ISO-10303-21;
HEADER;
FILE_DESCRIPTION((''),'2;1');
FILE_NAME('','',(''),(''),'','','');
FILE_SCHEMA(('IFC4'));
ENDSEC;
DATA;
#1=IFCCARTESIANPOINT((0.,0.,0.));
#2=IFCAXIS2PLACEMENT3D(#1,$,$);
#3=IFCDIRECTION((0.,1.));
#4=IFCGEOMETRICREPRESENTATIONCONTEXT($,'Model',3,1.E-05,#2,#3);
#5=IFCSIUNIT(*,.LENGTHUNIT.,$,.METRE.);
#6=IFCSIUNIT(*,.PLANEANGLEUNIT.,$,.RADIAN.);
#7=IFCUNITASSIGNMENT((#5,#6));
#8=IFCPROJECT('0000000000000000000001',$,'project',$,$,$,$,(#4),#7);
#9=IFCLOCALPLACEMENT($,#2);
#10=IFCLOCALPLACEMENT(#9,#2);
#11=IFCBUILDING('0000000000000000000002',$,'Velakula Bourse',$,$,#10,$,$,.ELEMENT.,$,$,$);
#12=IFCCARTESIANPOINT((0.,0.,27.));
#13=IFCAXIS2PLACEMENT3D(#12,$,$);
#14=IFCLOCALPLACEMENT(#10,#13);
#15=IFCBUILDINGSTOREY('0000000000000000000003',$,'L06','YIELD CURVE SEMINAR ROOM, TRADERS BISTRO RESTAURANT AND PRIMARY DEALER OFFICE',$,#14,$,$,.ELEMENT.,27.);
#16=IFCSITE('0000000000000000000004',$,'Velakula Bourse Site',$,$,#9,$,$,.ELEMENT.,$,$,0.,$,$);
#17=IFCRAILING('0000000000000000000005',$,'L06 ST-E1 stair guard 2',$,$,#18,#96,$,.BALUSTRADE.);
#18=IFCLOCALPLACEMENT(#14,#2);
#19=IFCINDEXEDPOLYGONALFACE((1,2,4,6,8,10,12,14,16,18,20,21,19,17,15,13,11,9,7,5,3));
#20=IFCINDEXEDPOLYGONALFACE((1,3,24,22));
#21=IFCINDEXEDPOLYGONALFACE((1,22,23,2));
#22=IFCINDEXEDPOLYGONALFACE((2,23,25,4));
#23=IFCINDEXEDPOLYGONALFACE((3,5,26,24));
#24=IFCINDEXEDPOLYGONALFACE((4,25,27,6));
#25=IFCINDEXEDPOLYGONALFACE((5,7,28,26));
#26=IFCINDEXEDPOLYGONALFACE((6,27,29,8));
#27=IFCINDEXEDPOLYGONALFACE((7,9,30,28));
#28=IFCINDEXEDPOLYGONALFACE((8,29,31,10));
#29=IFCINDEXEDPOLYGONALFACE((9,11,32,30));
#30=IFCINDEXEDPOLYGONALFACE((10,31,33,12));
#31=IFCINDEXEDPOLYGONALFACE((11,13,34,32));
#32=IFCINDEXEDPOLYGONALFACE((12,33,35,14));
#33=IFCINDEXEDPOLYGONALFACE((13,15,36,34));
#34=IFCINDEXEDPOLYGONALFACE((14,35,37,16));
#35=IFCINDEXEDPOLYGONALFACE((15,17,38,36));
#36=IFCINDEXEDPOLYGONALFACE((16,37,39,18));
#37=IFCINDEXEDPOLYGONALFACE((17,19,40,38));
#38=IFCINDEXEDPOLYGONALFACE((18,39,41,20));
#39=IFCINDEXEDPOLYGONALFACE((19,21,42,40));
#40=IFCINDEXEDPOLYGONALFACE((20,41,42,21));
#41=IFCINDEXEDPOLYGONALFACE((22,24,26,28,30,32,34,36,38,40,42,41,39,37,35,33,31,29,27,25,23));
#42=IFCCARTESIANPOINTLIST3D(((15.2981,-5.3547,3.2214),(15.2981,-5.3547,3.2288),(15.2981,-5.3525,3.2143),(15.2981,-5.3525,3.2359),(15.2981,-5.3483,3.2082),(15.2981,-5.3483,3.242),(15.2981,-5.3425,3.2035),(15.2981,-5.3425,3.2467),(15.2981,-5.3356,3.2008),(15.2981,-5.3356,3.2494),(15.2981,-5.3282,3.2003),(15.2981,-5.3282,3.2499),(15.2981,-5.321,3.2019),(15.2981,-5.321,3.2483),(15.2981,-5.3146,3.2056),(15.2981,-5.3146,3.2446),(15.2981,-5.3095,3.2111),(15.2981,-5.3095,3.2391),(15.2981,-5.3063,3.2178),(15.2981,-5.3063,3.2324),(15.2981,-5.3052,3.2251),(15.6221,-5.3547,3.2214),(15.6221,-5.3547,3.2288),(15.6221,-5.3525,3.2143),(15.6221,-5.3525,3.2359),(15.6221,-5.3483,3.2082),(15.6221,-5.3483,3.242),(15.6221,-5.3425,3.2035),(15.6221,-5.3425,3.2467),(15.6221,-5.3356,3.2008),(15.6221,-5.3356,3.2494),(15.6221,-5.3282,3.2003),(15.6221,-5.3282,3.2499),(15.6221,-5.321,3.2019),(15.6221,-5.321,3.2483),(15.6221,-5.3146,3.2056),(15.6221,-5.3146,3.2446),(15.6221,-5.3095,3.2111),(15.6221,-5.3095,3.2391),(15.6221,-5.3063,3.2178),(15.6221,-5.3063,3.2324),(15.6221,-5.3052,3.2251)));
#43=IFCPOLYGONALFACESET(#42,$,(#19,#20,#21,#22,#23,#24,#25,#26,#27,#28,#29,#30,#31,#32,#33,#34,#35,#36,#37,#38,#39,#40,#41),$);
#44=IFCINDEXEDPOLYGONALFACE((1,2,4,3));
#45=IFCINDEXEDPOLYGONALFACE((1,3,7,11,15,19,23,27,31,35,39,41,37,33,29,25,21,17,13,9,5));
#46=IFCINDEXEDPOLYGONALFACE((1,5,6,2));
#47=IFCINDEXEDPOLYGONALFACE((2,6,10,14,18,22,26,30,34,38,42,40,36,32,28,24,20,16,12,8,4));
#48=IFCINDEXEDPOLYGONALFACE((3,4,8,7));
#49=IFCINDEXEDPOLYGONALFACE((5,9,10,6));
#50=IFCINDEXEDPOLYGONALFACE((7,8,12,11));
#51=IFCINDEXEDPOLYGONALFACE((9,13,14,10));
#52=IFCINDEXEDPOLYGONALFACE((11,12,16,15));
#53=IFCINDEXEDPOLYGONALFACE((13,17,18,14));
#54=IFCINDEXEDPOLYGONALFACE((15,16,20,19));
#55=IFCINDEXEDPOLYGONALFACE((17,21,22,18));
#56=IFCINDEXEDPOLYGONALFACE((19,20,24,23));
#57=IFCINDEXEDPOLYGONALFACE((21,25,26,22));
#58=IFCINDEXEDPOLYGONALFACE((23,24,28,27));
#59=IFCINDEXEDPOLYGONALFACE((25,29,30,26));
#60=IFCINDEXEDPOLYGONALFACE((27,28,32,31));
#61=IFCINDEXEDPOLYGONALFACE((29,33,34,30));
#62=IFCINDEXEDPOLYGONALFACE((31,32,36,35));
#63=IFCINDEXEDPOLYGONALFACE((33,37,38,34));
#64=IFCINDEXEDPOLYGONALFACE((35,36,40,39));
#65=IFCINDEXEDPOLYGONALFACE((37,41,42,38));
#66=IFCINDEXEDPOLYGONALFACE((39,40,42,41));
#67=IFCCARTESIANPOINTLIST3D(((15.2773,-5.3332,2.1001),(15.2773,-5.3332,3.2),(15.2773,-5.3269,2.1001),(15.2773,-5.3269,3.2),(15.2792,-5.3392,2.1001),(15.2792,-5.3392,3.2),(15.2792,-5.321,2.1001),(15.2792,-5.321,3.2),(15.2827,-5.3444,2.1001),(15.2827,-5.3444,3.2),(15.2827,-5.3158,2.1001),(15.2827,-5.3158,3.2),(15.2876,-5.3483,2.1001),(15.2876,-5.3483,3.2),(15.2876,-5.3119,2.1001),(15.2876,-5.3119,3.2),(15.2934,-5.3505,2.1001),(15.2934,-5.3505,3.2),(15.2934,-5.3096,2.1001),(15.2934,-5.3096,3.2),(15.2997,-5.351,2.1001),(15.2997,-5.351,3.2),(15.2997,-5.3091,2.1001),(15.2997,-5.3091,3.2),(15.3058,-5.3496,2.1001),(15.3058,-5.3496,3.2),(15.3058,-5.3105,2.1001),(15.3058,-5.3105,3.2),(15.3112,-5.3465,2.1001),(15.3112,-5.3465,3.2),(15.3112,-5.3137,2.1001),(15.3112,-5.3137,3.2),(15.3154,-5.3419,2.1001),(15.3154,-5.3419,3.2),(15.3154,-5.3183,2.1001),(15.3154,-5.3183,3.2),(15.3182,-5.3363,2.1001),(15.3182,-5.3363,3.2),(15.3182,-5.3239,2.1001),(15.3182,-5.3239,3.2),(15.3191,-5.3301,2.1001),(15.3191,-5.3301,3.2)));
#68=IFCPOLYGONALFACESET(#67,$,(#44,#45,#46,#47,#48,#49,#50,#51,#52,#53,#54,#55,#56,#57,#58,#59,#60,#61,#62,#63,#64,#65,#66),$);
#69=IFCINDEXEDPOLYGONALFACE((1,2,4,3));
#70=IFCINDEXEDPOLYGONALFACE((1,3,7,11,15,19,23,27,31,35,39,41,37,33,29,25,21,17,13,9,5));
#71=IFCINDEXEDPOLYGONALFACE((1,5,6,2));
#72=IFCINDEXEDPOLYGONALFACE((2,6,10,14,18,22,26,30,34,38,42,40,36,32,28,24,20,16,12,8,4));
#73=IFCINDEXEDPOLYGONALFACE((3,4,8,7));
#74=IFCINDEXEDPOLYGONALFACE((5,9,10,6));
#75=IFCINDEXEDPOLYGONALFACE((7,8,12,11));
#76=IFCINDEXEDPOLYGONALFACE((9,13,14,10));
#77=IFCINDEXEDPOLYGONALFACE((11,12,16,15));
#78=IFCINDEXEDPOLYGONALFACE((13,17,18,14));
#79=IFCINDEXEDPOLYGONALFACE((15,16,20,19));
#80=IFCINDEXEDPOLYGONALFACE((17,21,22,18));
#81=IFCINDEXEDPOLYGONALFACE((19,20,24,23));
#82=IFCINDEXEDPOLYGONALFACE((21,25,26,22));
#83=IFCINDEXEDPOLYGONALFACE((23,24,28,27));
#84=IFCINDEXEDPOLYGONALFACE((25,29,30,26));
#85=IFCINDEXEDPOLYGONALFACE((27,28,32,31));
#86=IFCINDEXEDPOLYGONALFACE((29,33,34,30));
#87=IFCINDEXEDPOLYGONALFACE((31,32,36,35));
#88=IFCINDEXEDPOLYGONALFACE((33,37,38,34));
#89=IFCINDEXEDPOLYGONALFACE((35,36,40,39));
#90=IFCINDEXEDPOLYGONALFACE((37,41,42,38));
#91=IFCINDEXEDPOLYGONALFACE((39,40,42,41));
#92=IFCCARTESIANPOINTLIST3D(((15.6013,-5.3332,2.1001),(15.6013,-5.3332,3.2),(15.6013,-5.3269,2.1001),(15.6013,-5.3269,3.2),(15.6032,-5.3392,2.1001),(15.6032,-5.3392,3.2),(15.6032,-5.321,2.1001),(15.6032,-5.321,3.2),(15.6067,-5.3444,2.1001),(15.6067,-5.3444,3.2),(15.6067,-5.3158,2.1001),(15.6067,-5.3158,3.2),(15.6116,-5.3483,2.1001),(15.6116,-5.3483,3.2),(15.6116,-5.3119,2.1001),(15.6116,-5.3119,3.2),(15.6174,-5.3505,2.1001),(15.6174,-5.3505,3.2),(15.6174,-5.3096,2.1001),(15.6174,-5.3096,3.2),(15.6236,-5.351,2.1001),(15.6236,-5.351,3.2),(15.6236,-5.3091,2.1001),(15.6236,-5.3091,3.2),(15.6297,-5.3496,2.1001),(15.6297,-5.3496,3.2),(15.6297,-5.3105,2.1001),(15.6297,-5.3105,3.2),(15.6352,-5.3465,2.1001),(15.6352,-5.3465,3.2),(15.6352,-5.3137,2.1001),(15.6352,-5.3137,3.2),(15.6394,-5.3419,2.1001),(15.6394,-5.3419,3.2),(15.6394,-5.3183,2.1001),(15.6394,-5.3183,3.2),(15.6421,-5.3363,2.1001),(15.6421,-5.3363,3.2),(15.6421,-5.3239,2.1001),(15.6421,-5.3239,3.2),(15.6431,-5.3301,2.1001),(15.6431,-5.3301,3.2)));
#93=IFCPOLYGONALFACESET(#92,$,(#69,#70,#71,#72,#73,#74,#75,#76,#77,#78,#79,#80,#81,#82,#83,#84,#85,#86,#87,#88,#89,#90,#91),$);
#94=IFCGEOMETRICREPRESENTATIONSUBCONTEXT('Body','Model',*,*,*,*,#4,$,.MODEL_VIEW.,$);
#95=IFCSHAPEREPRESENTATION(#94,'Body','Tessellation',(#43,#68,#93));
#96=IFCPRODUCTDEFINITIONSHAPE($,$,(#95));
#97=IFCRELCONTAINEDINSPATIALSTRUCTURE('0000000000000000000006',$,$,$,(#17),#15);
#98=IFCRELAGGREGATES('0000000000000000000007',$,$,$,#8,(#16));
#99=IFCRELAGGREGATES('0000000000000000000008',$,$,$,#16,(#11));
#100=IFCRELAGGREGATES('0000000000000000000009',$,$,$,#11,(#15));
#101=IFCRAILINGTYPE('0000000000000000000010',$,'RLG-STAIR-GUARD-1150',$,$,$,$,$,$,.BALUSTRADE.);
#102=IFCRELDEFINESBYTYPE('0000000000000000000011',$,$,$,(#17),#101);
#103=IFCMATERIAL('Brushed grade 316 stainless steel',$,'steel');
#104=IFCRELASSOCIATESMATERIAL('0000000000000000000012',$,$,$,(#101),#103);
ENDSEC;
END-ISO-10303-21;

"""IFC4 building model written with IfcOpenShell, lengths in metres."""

from ifc_helpers import new_model, si_unit, direction, frame, origin, origin_2d, place, context, subcontext, project, spatial, circle, extrude, material, type_object, element, save


model = new_model("IFC4")

# Units and contexts
model_context = context("Model", 3, precision=1e-05, world=origin(), true_north=direction((0.0, 1.0)))
body_context = subcontext(model_context, "Body", "Model", "MODEL_VIEW")
ifc_project = project(units=[si_unit("LENGTHUNIT", "METRE"), si_unit("PLANEANGLEUNIT", "RADIAN")], contexts=[model_context])

# Site, building, storey
site_placement = place(None, origin())
site = spatial("IfcSite", under=ifc_project, at=site_placement, Name="Velakula Bourse Site", CompositionType="ELEMENT", RefElevation=0.0)
building_placement = place(site_placement, origin())
building = spatial("IfcBuilding", under=site, at=building_placement, Name="Velakula Bourse", CompositionType="ELEMENT")
storey_placement = place(building_placement, frame((0.0, 0.0, 27.0)))
storey = spatial("IfcBuildingStorey", under=building, at=storey_placement, Name="L06", Description="YIELD CURVE SEMINAR ROOM, TRADERS BISTRO RESTAURANT AND PRIMARY DEALER OFFICE", CompositionType="ELEMENT", Elevation=27.0)

# Shared definitions
ifc_material_1 = material(Name="Brushed grade 316 stainless steel", Category="steel")

# Railing
railing_type_1 = type_object("IfcRailingType", Name="RLG-STAIR-GUARD-1150", PredefinedType="BALUSTRADE", material=ifc_material_1)
railing_1_placement = place(storey_placement, frame((15.2981, -5.3301, 2.1001)))
element("IfcRailing", 1, at=railing_1_placement, inside=storey, type_object=railing_type_1, Name="L06 ST-E1 stair guard 2", PredefinedType="BALUSTRADE", context=body_context, shape_type="SweptSolid", body=[
    extrude(circle(Radius=0.0249, at=origin_2d()), frame((0.0, 0.0, 1.125), z_axis=(1.0, 0.0, 0.0), x_axis=(0.0, 1.0, 0.0)), (0.0, 0.0, 1.0), 0.324),
    extrude(circle(Radius=0.021, at=origin_2d()), origin(), (0.0, 0.0, 1.0), 1.0999),
    extrude(circle(Radius=0.021, at=origin_2d()), frame((0.324, 0.0, 0.0)), (0.0, 0.0, 1.0), 1.0999),
])

save(model, "model.ifc")
